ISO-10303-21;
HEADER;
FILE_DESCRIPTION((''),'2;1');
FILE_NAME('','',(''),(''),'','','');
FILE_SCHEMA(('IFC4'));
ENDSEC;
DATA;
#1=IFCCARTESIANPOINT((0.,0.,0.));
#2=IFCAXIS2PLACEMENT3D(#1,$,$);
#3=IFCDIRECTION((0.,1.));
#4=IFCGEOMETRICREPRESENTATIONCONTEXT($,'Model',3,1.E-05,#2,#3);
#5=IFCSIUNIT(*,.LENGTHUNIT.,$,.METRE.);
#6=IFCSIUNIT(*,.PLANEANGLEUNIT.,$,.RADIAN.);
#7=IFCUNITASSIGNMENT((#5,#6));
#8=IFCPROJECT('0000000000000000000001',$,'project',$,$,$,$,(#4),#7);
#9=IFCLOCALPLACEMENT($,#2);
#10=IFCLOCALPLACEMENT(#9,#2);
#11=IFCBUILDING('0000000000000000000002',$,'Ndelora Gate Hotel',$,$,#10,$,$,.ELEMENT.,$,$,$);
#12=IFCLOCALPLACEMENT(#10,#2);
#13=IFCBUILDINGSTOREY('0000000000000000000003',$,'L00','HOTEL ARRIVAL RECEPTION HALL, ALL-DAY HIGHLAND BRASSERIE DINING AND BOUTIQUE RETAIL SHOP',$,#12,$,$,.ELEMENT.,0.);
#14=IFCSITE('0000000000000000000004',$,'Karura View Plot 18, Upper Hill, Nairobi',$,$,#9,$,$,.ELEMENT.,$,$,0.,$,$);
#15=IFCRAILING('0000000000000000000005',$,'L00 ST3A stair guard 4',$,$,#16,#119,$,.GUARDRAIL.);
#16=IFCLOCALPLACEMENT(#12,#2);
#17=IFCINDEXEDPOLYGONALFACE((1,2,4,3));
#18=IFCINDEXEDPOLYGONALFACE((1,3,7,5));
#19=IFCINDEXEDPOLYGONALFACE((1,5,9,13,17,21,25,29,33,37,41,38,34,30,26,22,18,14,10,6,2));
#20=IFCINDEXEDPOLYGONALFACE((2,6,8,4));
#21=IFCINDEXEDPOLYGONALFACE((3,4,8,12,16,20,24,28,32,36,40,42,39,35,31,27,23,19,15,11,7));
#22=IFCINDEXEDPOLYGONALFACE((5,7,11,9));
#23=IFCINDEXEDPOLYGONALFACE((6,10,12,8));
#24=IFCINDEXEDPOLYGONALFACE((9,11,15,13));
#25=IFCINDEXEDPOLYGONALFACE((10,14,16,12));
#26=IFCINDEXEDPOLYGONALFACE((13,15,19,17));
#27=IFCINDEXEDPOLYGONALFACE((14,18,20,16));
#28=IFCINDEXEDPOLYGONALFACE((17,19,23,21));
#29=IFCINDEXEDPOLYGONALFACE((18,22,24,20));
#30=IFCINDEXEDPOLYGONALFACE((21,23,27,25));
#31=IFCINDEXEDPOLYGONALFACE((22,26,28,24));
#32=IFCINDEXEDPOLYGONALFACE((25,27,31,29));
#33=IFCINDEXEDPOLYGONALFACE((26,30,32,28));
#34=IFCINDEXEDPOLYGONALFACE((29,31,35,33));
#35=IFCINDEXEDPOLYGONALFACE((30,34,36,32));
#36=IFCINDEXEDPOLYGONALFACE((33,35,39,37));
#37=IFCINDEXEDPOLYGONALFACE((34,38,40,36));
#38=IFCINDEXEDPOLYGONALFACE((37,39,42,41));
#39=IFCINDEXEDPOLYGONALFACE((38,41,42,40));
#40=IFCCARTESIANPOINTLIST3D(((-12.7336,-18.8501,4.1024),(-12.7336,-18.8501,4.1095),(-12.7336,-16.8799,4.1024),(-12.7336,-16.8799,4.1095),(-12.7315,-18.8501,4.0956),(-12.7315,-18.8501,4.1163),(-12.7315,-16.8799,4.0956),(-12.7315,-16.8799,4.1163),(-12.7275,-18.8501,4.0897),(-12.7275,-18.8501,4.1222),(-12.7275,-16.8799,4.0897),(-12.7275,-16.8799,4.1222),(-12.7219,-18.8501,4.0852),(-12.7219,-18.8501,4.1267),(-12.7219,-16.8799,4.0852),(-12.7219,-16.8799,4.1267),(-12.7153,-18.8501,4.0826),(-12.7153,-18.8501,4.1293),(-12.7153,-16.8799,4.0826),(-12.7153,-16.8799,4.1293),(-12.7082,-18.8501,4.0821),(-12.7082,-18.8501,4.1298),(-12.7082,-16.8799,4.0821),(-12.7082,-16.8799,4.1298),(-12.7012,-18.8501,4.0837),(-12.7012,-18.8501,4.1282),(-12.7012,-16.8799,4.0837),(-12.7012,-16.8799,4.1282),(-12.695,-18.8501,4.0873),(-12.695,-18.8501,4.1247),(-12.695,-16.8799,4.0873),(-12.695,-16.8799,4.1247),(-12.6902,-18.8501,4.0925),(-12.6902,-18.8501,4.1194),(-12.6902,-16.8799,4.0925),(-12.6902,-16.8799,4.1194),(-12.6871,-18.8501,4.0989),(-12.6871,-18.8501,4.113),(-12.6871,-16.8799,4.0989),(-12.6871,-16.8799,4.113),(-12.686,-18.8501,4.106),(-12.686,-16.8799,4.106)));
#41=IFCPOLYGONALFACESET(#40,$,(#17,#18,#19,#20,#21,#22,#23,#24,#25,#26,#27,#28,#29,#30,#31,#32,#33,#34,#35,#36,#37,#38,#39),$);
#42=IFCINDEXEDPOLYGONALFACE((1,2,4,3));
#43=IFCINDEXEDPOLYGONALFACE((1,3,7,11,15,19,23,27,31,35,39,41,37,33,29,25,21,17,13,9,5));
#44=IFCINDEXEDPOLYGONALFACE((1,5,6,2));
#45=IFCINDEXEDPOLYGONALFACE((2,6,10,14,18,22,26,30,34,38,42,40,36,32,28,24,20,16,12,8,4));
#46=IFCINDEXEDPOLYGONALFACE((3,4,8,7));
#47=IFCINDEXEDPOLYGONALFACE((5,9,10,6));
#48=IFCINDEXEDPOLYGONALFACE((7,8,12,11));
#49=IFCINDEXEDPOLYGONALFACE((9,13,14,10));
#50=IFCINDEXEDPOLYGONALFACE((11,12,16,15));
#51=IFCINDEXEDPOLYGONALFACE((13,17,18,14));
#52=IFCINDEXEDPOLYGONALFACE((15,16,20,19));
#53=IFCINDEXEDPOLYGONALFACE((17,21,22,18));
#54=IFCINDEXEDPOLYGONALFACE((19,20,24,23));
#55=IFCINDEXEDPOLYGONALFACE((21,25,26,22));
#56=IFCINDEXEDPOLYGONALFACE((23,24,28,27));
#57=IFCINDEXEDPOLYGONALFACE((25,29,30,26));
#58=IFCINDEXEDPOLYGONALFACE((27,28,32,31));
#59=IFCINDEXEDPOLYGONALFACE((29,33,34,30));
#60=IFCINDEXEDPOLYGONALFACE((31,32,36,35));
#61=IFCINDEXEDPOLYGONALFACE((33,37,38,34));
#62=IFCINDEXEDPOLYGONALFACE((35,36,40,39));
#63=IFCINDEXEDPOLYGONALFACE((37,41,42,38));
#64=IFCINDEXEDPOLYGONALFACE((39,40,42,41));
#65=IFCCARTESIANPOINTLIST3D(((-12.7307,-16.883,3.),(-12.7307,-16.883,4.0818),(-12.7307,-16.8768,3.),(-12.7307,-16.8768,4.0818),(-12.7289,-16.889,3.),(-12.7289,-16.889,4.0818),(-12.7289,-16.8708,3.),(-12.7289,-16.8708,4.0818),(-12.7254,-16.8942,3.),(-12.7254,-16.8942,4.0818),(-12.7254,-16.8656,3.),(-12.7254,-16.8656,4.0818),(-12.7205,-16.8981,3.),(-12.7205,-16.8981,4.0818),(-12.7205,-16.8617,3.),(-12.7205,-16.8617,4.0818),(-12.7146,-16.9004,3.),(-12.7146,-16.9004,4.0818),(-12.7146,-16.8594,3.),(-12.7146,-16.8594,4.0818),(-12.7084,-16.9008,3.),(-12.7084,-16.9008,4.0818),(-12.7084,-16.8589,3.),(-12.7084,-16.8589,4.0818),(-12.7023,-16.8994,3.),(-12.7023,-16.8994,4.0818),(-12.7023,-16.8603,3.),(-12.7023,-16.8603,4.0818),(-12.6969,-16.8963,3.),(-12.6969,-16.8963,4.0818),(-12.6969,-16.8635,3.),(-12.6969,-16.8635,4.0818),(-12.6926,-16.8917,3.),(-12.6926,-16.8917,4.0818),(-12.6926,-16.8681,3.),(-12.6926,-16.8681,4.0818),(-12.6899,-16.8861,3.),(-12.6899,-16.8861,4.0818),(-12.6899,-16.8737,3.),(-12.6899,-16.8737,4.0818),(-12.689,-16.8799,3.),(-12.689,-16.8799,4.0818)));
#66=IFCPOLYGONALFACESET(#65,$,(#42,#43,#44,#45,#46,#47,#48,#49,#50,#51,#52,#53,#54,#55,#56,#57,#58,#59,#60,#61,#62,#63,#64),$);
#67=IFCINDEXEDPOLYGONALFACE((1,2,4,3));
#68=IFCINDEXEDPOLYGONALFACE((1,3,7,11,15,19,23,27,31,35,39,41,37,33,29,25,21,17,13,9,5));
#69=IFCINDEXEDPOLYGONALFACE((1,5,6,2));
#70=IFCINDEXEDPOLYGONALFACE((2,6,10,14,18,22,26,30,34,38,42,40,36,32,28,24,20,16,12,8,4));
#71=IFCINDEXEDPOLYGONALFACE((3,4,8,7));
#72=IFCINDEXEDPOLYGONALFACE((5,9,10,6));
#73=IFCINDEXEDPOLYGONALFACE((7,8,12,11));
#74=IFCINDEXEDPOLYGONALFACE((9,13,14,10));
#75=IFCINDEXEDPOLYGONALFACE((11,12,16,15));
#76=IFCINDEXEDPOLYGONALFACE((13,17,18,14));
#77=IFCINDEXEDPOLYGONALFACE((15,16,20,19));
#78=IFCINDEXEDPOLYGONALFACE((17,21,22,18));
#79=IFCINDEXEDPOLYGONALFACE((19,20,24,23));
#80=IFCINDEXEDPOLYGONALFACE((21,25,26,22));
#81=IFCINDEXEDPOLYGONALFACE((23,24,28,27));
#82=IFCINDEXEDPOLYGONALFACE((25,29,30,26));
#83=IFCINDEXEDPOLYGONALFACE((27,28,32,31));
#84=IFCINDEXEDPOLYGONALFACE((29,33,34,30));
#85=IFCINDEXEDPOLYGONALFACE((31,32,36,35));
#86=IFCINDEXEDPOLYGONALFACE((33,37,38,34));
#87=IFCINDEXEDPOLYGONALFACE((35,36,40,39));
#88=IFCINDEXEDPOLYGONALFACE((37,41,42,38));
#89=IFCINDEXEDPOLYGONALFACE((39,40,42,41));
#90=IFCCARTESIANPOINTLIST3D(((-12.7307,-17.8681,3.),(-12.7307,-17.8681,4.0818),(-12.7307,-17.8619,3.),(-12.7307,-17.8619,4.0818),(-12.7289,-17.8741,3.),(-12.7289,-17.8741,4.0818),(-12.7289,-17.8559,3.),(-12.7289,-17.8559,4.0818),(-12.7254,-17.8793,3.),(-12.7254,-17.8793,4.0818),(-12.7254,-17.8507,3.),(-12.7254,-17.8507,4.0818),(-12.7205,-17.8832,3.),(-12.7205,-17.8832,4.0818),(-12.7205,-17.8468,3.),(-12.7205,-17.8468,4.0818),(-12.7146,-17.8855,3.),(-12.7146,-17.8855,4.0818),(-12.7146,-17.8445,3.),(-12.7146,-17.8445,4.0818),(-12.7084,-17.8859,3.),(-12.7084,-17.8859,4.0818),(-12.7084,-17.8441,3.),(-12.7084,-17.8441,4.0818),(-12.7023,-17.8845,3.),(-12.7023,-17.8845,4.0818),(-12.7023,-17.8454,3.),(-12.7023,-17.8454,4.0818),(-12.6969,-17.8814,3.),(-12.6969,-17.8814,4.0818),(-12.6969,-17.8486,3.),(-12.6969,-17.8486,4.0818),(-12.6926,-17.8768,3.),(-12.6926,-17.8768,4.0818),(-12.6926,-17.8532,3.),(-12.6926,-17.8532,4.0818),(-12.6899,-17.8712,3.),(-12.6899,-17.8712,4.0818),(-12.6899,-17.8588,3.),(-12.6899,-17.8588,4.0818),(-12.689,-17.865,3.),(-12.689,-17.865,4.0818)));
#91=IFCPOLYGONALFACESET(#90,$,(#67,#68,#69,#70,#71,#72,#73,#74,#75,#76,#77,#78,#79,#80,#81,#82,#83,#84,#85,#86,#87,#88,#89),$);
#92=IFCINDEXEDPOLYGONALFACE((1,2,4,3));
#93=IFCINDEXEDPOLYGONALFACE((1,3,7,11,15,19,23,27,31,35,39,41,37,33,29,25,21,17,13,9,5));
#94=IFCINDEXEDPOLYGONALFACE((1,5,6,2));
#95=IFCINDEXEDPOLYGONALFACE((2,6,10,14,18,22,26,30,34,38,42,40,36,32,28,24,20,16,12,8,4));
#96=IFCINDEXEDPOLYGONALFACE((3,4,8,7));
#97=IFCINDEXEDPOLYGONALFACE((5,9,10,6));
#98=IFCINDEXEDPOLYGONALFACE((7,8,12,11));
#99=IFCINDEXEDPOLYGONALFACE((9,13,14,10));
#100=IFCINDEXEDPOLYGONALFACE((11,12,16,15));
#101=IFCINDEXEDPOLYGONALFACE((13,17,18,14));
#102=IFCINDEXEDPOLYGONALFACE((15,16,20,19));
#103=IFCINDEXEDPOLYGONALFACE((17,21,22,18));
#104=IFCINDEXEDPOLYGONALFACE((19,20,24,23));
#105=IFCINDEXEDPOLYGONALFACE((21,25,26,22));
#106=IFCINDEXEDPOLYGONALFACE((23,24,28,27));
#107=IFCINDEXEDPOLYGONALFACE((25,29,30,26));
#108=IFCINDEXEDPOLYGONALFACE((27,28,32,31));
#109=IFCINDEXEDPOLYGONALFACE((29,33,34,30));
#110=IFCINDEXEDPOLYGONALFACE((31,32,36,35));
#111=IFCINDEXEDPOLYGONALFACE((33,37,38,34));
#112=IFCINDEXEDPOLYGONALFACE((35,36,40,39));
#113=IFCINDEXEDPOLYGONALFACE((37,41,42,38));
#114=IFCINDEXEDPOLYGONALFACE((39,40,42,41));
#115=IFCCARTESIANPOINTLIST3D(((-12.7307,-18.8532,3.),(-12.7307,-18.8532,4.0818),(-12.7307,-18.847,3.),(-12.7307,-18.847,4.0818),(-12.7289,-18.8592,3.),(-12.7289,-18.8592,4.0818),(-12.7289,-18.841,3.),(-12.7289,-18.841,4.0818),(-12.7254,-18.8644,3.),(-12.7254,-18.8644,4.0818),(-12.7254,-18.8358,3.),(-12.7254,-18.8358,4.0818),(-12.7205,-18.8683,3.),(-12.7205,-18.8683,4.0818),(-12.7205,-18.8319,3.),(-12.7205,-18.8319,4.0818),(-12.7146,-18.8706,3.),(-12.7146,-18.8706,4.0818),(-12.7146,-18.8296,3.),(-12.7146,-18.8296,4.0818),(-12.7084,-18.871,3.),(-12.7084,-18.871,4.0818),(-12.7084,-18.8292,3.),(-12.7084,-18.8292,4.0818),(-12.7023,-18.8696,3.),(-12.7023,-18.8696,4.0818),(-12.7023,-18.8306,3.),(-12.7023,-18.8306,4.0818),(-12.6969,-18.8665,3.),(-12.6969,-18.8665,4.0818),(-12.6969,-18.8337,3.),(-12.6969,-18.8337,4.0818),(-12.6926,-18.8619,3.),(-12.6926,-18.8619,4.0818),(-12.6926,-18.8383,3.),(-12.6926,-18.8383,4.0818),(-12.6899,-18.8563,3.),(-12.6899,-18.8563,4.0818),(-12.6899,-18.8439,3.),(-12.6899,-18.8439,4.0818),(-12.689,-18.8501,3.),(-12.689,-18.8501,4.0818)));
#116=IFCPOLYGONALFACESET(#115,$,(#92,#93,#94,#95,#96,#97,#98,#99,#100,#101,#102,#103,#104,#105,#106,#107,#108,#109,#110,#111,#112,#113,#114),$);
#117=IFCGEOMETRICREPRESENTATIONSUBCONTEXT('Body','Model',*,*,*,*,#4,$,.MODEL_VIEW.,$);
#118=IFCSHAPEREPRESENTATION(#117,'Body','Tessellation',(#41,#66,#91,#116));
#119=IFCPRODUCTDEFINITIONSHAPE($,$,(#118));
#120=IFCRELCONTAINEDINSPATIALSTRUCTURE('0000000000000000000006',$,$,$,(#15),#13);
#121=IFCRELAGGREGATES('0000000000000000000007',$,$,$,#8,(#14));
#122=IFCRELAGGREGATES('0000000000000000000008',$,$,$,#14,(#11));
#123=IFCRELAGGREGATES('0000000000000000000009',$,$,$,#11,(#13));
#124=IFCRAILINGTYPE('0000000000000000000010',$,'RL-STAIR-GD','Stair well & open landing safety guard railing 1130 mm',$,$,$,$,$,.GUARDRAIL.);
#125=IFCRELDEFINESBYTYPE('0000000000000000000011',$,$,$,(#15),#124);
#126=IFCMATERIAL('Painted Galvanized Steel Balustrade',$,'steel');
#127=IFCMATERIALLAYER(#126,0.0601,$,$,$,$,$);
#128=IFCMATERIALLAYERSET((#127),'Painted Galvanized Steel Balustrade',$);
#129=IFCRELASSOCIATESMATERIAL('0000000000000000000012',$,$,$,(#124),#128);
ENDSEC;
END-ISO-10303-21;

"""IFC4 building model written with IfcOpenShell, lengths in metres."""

from ifc_helpers import new_model, si_unit, direction, frame, origin, origin_2d, place, context, subcontext, project, spatial, circle, extrude, material, layer, layer_set, type_object, element, save


model = new_model("IFC4")

# Units and contexts
model_context = context("Model", 3, precision=1e-05, world=origin(), true_north=direction((0.0, 1.0)))
body_context = subcontext(model_context, "Body", "Model", "MODEL_VIEW")
ifc_project = project(units=[si_unit("LENGTHUNIT", "METRE"), si_unit("PLANEANGLEUNIT", "RADIAN")], contexts=[model_context])

# Site, building, storey
site_placement = place(None, origin())
site = spatial("IfcSite", under=ifc_project, at=site_placement, Name="Karura View Plot 18, Upper Hill, Nairobi", CompositionType="ELEMENT", RefElevation=0.0)
building_placement = place(site_placement, origin())
building = spatial("IfcBuilding", under=site, at=building_placement, Name="Ndelora Gate Hotel", CompositionType="ELEMENT")
storey_placement = place(building_placement, origin())
storey = spatial("IfcBuildingStorey", under=building, at=storey_placement, Name="L00", Description="HOTEL ARRIVAL RECEPTION HALL, ALL-DAY HIGHLAND BRASSERIE DINING AND BOUTIQUE RETAIL SHOP", CompositionType="ELEMENT", Elevation=0.0)

# Railing
ifc_material_1 = material(Name="Painted Galvanized Steel Balustrade", Category="steel")
ifc_layer_1 = layer(ifc_material_1, 0.0601)
ifc_layer_set_1 = layer_set([ifc_layer_1], Name="Painted Galvanized Steel Balustrade")
railing_type = type_object("IfcRailingType", Name="RL-STAIR-GD", Description="Stair well & open landing safety guard railing 1130 mm", PredefinedType="GUARDRAIL", material=ifc_layer_set_1)
for number, where, name in (
    (1, (-12.71, -16.8799, 3.0), "L00 ST3A stair guard 4"),
):
    element("IfcRailing", number, at=place(storey_placement, frame(where)), inside=storey, type_object=railing_type, Name=name, PredefinedType="GUARDRAIL", context=body_context, shape_type="SweptSolid", body=[
        extrude(circle(Radius=0.0239, at=origin_2d()), frame((0.0, 0.0, 1.106), z_axis=(0.0, -1.0, 0.0), x_axis=(1.0, 0.0, 0.0)), (0.0, 0.0, 1.0), 1.9702),
        extrude(circle(Radius=0.021, at=origin_2d()), origin(), (0.0, 0.0, 1.0), 1.0818),
        extrude(circle(Radius=0.021, at=origin_2d()), frame((0.0, -0.9851, 0.0)), (0.0, 0.0, 1.0), 1.0818),
        extrude(circle(Radius=0.021, at=origin_2d()), frame((0.0, -1.9702, 0.0)), (0.0, 0.0, 1.0), 1.0818),
    ])

save(model, "model.ifc")
